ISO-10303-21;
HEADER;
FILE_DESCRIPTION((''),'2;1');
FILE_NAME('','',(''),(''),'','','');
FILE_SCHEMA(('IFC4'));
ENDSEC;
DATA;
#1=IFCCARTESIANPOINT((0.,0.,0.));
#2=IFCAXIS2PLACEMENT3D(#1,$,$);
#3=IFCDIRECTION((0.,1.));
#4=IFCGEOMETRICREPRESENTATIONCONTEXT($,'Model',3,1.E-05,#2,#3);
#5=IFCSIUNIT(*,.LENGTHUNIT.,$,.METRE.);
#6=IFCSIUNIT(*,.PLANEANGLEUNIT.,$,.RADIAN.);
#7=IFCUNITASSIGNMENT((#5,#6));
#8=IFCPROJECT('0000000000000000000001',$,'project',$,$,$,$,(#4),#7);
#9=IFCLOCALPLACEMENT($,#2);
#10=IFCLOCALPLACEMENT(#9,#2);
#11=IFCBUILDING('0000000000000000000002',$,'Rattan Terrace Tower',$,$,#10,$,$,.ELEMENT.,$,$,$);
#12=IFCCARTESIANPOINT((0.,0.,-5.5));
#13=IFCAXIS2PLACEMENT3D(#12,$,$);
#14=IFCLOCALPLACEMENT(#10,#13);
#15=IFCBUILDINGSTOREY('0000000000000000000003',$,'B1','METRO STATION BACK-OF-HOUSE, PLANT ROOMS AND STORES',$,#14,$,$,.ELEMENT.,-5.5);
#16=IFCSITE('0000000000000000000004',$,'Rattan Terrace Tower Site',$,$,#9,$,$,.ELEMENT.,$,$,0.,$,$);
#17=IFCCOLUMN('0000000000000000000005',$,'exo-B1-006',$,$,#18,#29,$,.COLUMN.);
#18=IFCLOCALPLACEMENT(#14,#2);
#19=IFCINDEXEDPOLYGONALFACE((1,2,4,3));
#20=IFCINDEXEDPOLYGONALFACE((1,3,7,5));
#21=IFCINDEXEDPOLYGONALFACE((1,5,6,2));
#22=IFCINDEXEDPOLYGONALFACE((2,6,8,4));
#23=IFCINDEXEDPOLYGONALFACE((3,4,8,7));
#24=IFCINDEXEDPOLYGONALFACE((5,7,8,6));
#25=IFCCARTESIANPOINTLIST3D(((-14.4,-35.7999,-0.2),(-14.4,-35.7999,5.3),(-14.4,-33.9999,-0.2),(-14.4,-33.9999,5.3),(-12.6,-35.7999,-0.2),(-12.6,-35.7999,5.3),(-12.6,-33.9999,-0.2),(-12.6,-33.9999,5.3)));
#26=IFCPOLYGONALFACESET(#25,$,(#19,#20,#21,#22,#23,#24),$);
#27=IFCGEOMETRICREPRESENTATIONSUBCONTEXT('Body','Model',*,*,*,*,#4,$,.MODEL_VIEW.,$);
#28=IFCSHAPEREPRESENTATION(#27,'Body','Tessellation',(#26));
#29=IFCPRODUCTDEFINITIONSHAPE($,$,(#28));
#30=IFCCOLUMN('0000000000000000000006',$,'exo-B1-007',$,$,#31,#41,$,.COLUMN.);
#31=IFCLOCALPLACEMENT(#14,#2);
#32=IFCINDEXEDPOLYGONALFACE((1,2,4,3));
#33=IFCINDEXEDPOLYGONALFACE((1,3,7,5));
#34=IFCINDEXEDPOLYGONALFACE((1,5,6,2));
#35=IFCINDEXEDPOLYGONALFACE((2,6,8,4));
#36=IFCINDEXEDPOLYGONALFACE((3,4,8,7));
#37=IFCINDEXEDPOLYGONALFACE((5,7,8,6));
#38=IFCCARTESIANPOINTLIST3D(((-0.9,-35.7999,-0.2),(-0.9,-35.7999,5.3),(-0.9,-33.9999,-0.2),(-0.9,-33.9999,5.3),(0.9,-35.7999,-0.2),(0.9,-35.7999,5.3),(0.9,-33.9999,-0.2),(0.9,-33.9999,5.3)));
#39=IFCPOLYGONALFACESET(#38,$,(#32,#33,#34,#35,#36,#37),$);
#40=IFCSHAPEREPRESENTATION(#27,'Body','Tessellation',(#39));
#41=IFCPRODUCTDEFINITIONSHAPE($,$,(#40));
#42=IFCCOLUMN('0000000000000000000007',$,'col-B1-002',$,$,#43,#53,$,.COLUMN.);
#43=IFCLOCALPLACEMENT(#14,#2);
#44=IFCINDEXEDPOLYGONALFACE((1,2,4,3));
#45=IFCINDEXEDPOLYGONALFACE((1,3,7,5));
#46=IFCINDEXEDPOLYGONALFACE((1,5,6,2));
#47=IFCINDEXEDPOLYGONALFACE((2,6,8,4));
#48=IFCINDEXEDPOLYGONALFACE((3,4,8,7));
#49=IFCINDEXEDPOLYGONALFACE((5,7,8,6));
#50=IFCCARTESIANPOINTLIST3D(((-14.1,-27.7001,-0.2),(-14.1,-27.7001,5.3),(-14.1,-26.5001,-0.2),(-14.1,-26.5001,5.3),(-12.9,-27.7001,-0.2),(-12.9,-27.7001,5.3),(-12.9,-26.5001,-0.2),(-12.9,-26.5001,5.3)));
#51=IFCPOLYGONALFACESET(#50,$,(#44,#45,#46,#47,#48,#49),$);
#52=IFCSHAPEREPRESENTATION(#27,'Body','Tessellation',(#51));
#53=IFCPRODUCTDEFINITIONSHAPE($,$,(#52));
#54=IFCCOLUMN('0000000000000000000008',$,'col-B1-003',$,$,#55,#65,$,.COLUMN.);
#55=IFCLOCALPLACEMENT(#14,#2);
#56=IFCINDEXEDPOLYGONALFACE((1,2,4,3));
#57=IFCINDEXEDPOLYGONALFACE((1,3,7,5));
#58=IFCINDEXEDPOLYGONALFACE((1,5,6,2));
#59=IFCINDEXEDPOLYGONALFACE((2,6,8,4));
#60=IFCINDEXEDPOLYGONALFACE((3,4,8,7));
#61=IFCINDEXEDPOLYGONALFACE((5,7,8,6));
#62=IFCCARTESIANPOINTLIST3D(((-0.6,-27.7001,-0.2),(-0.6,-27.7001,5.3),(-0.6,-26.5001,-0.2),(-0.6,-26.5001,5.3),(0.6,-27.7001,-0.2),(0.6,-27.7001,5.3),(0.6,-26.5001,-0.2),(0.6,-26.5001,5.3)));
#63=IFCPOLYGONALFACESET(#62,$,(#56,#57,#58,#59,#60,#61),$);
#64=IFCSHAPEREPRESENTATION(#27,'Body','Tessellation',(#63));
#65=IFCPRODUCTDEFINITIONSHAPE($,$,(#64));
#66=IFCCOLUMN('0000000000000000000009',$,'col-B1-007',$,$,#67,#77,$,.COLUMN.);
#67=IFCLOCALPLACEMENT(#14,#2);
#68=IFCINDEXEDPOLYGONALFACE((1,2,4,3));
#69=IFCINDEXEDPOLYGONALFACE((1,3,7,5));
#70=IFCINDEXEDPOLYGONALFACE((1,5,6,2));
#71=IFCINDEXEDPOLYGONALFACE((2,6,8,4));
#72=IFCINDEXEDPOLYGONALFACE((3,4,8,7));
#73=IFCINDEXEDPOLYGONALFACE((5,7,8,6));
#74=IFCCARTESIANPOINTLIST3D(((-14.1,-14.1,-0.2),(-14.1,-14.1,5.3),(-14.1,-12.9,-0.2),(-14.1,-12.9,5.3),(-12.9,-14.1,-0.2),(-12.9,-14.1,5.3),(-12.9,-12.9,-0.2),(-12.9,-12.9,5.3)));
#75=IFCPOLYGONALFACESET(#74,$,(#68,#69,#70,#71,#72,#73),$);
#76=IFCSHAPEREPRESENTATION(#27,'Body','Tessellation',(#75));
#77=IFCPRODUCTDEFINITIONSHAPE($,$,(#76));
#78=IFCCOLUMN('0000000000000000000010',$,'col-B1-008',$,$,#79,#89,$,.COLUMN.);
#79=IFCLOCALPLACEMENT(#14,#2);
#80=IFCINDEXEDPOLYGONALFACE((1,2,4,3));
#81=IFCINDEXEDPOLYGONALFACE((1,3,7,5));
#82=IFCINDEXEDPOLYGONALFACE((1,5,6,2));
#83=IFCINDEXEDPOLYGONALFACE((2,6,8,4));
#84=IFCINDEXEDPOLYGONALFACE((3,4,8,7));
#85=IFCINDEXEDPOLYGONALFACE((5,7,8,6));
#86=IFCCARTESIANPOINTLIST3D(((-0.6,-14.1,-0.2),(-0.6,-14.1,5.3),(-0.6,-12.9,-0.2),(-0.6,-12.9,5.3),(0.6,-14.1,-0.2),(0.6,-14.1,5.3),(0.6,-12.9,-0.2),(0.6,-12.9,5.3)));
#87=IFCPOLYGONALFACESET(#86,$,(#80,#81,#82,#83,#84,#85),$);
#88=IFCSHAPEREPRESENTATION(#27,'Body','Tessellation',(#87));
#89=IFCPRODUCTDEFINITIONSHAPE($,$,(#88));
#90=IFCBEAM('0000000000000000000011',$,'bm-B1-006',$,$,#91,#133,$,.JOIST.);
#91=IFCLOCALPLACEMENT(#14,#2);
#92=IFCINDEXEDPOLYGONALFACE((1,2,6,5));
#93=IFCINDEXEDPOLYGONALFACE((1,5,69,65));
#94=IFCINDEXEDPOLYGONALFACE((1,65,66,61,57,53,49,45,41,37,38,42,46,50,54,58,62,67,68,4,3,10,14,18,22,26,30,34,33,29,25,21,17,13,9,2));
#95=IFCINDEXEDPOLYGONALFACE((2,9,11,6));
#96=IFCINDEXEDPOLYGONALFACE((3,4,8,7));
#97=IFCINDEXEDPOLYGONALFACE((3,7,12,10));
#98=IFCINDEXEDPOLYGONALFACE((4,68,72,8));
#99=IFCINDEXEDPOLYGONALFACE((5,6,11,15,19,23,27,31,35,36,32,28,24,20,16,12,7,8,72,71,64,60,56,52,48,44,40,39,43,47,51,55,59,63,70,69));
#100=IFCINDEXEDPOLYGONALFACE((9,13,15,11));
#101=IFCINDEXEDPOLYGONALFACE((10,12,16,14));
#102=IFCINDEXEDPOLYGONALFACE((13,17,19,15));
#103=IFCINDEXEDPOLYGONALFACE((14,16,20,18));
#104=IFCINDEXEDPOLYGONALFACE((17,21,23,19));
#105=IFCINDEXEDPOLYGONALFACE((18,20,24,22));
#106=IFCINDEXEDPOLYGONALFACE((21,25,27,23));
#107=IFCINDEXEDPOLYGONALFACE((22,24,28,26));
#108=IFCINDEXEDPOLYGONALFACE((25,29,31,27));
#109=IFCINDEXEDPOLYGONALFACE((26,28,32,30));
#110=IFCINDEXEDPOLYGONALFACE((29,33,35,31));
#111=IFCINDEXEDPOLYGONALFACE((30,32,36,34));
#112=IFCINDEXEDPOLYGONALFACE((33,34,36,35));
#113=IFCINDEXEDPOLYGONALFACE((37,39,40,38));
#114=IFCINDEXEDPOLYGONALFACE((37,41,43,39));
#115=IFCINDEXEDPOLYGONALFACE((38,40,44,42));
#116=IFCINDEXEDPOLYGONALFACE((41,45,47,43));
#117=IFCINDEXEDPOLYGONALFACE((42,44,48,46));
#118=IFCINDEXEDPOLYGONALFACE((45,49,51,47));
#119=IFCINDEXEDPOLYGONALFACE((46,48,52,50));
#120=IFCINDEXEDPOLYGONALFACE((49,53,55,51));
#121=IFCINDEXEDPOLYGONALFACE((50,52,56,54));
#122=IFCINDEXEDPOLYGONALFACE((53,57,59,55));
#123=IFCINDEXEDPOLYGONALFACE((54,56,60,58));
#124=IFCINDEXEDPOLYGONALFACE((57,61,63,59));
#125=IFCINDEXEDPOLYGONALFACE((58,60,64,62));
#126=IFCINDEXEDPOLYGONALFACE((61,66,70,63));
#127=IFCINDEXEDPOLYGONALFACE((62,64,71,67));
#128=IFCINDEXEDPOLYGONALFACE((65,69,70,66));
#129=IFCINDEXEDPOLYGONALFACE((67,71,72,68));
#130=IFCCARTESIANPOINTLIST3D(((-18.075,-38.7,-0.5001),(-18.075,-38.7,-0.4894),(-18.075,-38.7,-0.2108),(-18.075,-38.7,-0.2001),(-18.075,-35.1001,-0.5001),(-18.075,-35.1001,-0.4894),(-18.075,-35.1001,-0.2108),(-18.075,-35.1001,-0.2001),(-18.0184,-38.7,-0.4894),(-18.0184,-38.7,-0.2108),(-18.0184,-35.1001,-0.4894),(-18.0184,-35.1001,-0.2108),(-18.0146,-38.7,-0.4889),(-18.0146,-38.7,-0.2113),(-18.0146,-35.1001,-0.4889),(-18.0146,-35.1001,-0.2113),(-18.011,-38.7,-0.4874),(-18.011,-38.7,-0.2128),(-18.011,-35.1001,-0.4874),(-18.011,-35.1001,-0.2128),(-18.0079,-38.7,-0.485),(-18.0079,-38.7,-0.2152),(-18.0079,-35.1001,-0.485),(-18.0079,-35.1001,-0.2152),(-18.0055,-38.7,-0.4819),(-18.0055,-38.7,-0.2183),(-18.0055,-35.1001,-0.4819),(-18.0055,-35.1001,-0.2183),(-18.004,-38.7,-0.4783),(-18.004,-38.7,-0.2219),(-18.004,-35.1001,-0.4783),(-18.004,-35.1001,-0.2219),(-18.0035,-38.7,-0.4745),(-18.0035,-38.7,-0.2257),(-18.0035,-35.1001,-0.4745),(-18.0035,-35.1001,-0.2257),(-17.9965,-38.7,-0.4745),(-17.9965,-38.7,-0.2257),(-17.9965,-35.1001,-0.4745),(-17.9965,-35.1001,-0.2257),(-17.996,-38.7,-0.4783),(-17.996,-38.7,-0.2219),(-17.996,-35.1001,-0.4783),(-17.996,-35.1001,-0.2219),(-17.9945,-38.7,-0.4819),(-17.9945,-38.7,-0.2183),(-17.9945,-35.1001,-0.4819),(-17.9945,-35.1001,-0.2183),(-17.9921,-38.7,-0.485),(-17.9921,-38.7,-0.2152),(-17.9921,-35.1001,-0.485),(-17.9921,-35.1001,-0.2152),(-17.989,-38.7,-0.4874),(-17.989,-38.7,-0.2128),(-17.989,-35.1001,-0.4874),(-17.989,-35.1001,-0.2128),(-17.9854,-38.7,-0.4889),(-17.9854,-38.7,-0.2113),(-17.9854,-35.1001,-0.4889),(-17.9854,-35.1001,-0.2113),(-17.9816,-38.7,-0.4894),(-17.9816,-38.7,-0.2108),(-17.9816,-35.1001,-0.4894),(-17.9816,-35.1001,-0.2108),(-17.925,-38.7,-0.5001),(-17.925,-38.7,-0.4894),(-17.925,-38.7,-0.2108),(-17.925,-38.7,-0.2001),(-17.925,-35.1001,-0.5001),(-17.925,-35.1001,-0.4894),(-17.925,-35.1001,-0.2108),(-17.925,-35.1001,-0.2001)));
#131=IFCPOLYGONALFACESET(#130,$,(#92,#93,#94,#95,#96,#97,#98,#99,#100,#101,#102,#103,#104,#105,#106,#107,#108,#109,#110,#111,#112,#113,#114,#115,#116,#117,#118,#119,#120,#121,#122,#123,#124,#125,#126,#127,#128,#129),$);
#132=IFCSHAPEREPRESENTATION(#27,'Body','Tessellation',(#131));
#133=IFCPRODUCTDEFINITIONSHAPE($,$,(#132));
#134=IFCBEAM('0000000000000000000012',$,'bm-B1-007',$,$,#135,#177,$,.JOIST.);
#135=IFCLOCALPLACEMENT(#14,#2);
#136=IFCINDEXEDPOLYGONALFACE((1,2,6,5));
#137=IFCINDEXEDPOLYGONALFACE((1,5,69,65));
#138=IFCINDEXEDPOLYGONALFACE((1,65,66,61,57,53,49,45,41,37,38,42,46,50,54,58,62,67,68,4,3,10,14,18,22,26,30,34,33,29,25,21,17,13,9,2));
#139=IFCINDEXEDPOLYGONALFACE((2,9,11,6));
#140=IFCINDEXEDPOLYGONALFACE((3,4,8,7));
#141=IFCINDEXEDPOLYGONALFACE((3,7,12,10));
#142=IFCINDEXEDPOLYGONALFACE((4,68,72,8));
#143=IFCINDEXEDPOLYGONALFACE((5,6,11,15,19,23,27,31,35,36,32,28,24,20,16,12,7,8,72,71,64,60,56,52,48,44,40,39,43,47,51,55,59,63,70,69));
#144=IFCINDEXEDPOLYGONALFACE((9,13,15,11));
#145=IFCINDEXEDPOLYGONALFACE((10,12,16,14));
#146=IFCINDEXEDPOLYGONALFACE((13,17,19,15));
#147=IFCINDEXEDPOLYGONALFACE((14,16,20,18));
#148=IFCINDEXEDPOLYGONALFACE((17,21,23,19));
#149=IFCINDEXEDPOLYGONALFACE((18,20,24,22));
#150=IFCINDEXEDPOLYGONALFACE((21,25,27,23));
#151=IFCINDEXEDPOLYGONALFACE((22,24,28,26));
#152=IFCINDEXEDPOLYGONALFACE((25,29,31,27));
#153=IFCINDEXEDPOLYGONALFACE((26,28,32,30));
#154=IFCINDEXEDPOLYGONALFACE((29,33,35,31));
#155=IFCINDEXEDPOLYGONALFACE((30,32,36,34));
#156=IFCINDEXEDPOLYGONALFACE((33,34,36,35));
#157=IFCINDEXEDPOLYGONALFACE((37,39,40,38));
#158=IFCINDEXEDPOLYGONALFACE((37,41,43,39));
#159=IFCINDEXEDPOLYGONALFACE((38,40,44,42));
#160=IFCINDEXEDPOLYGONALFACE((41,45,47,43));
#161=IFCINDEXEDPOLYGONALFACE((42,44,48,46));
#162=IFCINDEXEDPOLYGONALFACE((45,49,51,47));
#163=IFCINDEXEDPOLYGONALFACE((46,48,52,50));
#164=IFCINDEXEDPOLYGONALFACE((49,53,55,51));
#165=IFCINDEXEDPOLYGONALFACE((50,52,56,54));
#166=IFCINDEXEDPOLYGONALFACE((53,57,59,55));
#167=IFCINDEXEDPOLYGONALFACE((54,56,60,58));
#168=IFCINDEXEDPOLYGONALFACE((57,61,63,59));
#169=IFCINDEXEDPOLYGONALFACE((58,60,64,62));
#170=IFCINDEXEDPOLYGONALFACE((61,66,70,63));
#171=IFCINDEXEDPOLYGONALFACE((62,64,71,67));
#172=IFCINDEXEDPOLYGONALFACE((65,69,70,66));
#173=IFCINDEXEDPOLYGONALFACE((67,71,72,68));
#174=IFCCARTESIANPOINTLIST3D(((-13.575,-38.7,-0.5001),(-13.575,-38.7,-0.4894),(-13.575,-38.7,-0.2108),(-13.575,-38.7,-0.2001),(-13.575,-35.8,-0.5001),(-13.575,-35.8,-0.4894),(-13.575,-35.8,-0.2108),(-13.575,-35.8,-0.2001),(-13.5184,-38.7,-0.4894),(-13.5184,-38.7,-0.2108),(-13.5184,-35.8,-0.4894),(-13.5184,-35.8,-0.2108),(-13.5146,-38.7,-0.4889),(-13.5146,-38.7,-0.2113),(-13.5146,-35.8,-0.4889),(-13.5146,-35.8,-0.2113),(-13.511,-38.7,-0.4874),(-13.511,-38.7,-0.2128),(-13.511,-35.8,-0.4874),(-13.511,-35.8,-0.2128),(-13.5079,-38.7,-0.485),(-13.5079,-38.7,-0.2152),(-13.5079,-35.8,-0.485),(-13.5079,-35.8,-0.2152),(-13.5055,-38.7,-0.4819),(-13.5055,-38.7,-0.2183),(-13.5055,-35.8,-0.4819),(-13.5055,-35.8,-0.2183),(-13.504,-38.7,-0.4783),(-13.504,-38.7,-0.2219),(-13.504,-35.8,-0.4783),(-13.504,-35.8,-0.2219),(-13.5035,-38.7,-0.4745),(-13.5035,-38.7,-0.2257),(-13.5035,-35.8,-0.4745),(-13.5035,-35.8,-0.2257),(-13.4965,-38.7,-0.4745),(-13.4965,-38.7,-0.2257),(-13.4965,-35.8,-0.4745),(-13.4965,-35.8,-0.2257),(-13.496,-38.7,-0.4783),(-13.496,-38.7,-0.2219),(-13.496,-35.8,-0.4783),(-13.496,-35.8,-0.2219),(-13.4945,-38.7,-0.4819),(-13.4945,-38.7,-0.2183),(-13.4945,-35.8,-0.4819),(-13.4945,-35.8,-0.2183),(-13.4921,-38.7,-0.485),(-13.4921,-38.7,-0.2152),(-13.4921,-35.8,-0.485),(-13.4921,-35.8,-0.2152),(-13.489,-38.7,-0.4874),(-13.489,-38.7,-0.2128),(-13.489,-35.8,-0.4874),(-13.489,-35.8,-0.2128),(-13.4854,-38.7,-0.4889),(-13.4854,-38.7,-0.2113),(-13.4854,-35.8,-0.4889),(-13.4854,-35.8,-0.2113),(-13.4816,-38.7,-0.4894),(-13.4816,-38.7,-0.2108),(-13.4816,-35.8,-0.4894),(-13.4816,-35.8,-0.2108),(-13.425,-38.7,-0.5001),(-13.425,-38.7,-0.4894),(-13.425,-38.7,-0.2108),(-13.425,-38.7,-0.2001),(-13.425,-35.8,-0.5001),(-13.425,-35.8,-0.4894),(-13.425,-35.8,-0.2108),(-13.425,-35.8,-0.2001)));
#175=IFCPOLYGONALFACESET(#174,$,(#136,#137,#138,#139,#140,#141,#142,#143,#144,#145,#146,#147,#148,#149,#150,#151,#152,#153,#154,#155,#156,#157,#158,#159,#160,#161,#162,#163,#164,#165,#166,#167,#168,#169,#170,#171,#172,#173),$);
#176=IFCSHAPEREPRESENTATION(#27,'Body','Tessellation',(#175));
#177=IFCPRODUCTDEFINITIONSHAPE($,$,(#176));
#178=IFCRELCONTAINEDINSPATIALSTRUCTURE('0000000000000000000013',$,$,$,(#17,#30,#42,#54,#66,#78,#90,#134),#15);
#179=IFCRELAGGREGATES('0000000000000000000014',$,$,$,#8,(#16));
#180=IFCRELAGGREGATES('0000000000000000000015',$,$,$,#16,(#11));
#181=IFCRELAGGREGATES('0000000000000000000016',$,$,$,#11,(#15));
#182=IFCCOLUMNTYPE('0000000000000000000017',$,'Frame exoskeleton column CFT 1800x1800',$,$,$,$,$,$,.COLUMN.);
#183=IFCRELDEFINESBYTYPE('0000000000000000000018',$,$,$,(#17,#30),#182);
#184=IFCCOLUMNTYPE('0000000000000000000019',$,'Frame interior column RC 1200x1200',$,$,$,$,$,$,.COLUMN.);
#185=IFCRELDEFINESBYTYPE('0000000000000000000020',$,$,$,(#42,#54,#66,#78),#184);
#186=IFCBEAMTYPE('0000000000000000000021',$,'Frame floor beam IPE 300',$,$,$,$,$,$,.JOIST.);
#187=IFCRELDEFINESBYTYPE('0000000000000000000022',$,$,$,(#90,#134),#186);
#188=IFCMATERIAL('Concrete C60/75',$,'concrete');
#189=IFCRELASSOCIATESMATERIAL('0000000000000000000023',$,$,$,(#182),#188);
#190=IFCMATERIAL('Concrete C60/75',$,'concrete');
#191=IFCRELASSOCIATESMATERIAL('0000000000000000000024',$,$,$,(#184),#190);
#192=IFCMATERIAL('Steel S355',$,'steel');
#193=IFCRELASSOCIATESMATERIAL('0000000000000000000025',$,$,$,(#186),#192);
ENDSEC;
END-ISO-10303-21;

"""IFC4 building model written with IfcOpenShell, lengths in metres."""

from ifc_helpers import new_model, si_unit, direction, frame, origin, origin_2d, place, context, subcontext, project, spatial, rectangle, i_section, extrude, material, material_profile, profile_set, type_object, element, save


model = new_model("IFC4")

# Units and contexts
model_context = context("Model", 3, precision=1e-05, world=origin(), true_north=direction((0.0, 1.0)))
body_context = subcontext(model_context, "Body", "Model", "MODEL_VIEW")
ifc_project = project(units=[si_unit("LENGTHUNIT", "METRE"), si_unit("PLANEANGLEUNIT", "RADIAN")], contexts=[model_context])

# Site, building, storey
site_placement = place(None, origin())
site = spatial("IfcSite", under=ifc_project, at=site_placement, Name="Rattan Terrace Tower Site", CompositionType="ELEMENT", RefElevation=0.0)
building_placement = place(site_placement, origin())
building = spatial("IfcBuilding", under=site, at=building_placement, Name="Rattan Terrace Tower", CompositionType="ELEMENT")
storey_placement = place(building_placement, frame((0.0, 0.0, -5.5)))
storey = spatial("IfcBuildingStorey", under=building, at=storey_placement, Name="B1", Description="METRO STATION BACK-OF-HOUSE, PLANT ROOMS AND STORES", CompositionType="ELEMENT", Elevation=-5.5)

# Columns
ifc_material_1 = material(Name="Concrete C60/75", Category="concrete")
ifc_material_profile_1 = material_profile(ifc_material_1, rectangle(XDim=1.8, YDim=1.8, at=origin_2d()), Name="CFT 1800x1800")
ifc_profile_set_1 = profile_set([ifc_material_profile_1], Name="Concrete C60/75")
column_type_1 = type_object("IfcColumnType", Name="Frame exoskeleton column CFT 1800x1800", PredefinedType="COLUMN", material=ifc_profile_set_1)
for number, where, z_axis, x_axis, name in (
    (1, (-13.5, -34.8999, -0.2), (0.0, 0.0, 1.0), (1.0, 0.0, 0.0), "exo-B1-006"),
    (2, (0.0, -34.8999, -0.2), (0.0, 0.0, 1.0), (1.0, 0.0, 0.0), "exo-B1-007"),
):
    element("IfcColumn", number, at=place(storey_placement, frame(where, z_axis=z_axis, x_axis=x_axis)), inside=storey, type_object=column_type_1, Name=name, PredefinedType="COLUMN", context=body_context, shape_type="SweptSolid", body=[
        extrude(rectangle(XDim=1.8, YDim=1.8, at=origin_2d()), origin(), (0.0, 0.0, 1.0), 5.5),
    ])
ifc_material_2 = material(Name="Concrete C60/75", Category="concrete")
ifc_material_profile_2 = material_profile(ifc_material_2, rectangle(XDim=1.2, YDim=1.2, at=origin_2d()), Name="RC 1200x1200")
ifc_profile_set_2 = profile_set([ifc_material_profile_2], Name="Concrete C60/75")
column_type_2 = type_object("IfcColumnType", Name="Frame interior column RC 1200x1200", PredefinedType="COLUMN", material=ifc_profile_set_2)
for number, where, z_axis, x_axis, name in (
    (3, (-13.5, -27.1001, -0.2), (0.0, 0.0, 1.0), (1.0, 0.0, 0.0), "col-B1-002"),
    (4, (0.0, -27.1001, -0.2), (0.0, 0.0, 1.0), (1.0, 0.0, 0.0), "col-B1-003"),
    (5, (-13.5, -13.5, -0.2), (0.0, 0.0, 1.0), (1.0, 0.0, 0.0), "col-B1-007"),
    (6, (0.0, -13.5, -0.2), (0.0, 0.0, 1.0), (1.0, 0.0, 0.0), "col-B1-008"),
):
    element("IfcColumn", number, at=place(storey_placement, frame(where, z_axis=z_axis, x_axis=x_axis)), inside=storey, type_object=column_type_2, Name=name, PredefinedType="COLUMN", context=body_context, shape_type="SweptSolid", body=[
        extrude(rectangle(XDim=1.2, YDim=1.2, at=origin_2d()), origin(), (0.0, 0.0, 1.0), 5.5),
    ])

# Beams
ifc_material_3 = material(Name="Steel S355", Category="steel")
ifc_material_profile_3 = material_profile(ifc_material_3, i_section(OverallWidth=0.1499, OverallDepth=0.3, WebThickness=0.0071, FlangeThickness=0.0107, FilletRadius=0.0149, at=origin_2d()), Name="IPE 300")
ifc_profile_set_3 = profile_set([ifc_material_profile_3], Name="Steel S355")
beam_type_1 = type_object("IfcBeamType", Name="Frame floor beam IPE 300", PredefinedType="JOIST", material=ifc_profile_set_3)
beam_1_placement = place(storey_placement, frame((-18.0, -38.7, -0.3501), z_axis=(0.0, 1.0, 0.0), x_axis=(-1.0, 0.0, 0.0)))
element("IfcBeam", 7, at=beam_1_placement, inside=storey, type_object=beam_type_1, Name="bm-B1-006", PredefinedType="JOIST", context=body_context, shape_type="SweptSolid", body=[
    extrude(i_section(OverallWidth=0.1499, OverallDepth=0.3, WebThickness=0.0071, FlangeThickness=0.0107, FilletRadius=0.0149, at=origin_2d()), origin(), (0.0, 0.0, 1.0), 3.5999),
])
beam_2_placement = place(storey_placement, frame((-13.5, -38.7, -0.3501), z_axis=(0.0, 1.0, 0.0), x_axis=(-1.0, 0.0, 0.0)))
element("IfcBeam", 8, at=beam_2_placement, inside=storey, type_object=beam_type_1, Name="bm-B1-007", PredefinedType="JOIST", context=body_context, shape_type="SweptSolid", body=[
    extrude(i_section(OverallWidth=0.1499, OverallDepth=0.3, WebThickness=0.0071, FlangeThickness=0.0107, FilletRadius=0.0149, at=origin_2d()), origin(), (0.0, 0.0, 1.0), 2.8999),
])

save(model, "model.ifc")
